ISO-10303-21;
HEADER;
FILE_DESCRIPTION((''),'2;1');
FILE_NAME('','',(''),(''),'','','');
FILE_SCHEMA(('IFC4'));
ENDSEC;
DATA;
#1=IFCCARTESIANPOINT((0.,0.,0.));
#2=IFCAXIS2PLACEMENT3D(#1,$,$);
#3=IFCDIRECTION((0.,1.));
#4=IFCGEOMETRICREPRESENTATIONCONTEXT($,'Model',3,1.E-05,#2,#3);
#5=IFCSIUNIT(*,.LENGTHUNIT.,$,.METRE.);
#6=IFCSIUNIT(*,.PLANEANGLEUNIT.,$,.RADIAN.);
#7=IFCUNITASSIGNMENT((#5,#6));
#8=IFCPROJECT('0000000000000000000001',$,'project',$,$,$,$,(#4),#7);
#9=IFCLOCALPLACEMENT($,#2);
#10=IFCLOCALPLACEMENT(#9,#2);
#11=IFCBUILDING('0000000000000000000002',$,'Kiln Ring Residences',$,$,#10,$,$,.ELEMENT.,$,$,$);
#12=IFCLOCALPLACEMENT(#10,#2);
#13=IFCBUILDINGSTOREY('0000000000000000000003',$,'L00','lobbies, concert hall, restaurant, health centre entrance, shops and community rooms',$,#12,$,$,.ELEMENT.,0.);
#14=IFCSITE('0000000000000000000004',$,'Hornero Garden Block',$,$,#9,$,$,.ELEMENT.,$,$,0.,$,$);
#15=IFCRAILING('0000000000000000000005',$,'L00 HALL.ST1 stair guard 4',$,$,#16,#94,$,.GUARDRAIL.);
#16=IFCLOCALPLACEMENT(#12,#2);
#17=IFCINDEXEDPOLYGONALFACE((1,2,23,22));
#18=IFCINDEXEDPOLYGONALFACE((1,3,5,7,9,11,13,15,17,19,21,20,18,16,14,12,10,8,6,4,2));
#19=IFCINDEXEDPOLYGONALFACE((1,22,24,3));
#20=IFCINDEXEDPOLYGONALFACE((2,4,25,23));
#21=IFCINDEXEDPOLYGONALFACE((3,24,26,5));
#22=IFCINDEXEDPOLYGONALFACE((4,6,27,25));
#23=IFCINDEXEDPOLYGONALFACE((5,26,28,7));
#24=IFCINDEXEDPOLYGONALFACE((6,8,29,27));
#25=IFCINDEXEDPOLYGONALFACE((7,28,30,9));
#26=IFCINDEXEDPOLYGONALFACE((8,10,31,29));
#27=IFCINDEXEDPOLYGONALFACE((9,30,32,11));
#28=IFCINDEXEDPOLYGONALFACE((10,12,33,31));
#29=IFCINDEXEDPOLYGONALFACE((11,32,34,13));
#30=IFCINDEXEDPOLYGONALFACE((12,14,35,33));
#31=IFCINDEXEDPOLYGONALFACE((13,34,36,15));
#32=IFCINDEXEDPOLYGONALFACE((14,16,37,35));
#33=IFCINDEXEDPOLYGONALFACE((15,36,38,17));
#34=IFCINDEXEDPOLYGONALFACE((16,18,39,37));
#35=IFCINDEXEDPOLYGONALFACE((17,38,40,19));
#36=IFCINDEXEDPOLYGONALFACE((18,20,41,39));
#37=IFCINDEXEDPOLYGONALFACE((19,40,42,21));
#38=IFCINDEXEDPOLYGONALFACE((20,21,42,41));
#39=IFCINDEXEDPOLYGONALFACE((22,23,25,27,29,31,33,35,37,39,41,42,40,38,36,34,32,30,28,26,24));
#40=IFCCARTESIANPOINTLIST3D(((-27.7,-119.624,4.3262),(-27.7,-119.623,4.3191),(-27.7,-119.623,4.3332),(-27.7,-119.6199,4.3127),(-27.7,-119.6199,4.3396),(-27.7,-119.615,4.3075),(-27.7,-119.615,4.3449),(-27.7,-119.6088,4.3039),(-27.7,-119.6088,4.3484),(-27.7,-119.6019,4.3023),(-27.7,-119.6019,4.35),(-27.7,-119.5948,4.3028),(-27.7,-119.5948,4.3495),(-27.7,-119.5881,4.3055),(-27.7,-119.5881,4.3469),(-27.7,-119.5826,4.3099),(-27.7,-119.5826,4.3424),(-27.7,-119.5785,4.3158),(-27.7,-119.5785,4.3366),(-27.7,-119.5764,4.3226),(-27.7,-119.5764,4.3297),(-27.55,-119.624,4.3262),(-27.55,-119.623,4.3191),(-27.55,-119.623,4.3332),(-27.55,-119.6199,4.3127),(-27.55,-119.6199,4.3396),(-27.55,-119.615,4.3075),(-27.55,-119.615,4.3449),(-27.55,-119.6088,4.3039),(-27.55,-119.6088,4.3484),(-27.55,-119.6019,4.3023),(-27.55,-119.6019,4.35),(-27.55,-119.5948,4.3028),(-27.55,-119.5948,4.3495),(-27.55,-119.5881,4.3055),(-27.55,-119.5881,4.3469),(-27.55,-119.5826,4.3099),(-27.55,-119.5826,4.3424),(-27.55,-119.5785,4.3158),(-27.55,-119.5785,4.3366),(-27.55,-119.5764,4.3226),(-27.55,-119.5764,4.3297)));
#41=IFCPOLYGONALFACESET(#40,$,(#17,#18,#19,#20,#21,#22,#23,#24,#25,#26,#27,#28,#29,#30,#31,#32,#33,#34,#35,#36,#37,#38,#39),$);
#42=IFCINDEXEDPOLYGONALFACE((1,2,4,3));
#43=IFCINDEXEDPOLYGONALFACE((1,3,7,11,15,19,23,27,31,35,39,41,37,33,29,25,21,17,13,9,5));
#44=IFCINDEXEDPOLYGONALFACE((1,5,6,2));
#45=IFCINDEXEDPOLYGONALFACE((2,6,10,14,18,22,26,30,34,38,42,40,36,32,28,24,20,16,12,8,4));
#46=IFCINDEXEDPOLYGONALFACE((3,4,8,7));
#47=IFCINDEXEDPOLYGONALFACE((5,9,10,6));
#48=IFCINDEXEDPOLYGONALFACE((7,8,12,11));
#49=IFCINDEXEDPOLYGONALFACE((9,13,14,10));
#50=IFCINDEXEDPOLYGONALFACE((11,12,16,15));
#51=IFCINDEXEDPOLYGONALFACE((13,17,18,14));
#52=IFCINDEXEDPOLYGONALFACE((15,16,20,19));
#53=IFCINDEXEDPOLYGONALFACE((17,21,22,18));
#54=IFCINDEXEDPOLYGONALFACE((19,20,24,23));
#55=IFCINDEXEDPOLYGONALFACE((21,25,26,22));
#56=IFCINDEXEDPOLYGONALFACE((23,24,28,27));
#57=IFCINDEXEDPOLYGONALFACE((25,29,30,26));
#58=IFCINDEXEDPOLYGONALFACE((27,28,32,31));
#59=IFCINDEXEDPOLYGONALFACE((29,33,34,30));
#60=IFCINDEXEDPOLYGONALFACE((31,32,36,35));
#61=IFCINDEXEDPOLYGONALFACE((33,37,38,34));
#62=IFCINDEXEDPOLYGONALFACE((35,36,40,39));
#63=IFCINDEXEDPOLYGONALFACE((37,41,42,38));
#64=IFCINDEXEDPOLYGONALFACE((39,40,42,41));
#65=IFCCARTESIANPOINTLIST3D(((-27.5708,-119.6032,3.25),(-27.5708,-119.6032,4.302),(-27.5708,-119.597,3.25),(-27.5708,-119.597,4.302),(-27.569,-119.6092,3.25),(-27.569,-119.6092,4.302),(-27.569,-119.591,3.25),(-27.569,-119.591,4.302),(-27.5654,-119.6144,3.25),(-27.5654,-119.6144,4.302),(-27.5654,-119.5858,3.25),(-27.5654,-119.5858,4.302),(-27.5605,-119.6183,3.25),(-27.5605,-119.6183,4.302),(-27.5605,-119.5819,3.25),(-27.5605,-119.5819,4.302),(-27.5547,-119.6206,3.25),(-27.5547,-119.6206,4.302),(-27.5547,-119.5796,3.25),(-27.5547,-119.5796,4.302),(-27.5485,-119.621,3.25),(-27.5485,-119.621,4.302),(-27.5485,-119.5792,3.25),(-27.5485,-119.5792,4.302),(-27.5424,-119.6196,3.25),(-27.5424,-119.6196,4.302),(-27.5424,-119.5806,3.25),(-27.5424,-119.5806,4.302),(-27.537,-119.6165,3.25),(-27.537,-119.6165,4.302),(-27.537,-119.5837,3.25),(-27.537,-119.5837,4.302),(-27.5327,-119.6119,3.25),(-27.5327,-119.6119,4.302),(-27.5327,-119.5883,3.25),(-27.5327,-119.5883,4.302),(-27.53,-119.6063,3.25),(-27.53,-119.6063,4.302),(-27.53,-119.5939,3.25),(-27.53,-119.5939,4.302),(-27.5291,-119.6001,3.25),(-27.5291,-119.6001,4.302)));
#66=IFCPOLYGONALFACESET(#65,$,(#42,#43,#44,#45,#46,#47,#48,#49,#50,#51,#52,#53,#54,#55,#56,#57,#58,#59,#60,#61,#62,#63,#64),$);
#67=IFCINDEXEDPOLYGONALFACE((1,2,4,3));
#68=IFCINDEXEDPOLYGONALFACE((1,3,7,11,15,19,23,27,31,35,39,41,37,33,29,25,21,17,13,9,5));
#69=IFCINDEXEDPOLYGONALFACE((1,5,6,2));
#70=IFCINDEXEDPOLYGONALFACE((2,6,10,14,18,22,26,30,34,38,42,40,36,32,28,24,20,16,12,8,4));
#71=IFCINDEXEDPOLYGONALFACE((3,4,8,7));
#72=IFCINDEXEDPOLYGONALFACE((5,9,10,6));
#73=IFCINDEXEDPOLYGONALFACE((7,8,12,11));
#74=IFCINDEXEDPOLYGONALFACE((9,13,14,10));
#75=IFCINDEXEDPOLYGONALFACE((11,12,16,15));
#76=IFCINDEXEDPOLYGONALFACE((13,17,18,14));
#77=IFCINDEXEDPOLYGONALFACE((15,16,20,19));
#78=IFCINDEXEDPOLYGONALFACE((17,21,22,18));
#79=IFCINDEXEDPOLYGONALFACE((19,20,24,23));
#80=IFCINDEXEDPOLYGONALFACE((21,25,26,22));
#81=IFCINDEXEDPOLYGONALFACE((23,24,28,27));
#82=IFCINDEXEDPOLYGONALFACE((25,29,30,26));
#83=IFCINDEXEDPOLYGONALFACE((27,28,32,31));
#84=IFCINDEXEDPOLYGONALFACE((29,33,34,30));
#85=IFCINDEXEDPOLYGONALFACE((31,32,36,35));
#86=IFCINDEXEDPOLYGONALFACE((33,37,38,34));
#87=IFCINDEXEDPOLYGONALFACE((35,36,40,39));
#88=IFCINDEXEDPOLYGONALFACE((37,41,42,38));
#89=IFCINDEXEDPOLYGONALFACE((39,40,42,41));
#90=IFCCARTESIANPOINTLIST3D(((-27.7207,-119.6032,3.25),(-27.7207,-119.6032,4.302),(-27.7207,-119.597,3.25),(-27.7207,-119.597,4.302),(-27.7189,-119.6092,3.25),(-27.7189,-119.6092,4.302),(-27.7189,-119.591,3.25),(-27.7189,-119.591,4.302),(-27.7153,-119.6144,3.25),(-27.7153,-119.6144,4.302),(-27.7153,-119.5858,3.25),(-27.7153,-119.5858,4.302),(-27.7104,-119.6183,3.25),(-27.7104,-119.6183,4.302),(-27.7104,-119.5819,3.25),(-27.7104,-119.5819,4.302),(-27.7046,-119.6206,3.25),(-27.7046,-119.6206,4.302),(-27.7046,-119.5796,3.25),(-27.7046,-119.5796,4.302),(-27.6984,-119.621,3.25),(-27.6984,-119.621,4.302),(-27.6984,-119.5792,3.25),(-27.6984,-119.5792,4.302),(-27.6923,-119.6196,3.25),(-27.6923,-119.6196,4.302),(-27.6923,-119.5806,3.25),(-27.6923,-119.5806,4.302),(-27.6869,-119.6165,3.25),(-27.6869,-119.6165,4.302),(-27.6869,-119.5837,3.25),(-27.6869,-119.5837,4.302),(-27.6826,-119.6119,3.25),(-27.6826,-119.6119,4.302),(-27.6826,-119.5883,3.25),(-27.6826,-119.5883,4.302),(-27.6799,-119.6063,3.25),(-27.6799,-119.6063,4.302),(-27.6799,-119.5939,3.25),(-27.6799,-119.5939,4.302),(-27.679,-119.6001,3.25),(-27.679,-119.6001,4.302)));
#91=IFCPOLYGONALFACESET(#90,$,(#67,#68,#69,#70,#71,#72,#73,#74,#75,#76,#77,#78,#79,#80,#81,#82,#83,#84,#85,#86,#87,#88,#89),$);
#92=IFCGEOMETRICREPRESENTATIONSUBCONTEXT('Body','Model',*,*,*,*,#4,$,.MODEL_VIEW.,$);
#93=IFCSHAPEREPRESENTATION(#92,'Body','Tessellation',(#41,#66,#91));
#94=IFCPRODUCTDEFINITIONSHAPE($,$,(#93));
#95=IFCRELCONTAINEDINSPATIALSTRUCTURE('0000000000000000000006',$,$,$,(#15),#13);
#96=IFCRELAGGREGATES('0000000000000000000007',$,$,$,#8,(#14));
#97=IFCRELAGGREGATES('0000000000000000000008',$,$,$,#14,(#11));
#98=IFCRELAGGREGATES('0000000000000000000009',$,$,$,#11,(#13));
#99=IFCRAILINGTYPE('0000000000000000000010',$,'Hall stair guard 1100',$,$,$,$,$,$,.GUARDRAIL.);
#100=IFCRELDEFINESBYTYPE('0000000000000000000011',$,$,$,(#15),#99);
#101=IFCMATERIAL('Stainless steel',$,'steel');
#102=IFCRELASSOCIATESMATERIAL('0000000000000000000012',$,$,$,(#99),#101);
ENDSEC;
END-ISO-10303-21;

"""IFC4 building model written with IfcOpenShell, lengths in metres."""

from ifc_helpers import new_model, si_unit, direction, frame, origin, origin_2d, place, context, subcontext, project, spatial, circle, extrude, material, type_object, element, save


model = new_model("IFC4")

# Units and contexts
model_context = context("Model", 3, precision=1e-05, world=origin(), true_north=direction((0.0, 1.0)))
body_context = subcontext(model_context, "Body", "Model", "MODEL_VIEW")
ifc_project = project(units=[si_unit("LENGTHUNIT", "METRE"), si_unit("PLANEANGLEUNIT", "RADIAN")], contexts=[model_context])

# Site, building, storey
site_placement = place(None, origin())
site = spatial("IfcSite", under=ifc_project, at=site_placement, Name="Hornero Garden Block", CompositionType="ELEMENT", RefElevation=0.0)
building_placement = place(site_placement, origin())
building = spatial("IfcBuilding", under=site, at=building_placement, Name="Kiln Ring Residences", CompositionType="ELEMENT")
storey_placement = place(building_placement, origin())
storey = spatial("IfcBuildingStorey", under=building, at=storey_placement, Name="L00", Description="lobbies, concert hall, restaurant, health centre entrance, shops and community rooms", CompositionType="ELEMENT", Elevation=0.0)

# Railing
ifc_material_1 = material(Name="Stainless steel", Category="steel")
railing_type_1 = type_object("IfcRailingType", Name="Hall stair guard 1100", PredefinedType="GUARDRAIL", material=ifc_material_1)
railing_1_placement = place(storey_placement, frame((-27.55, -119.6001, 3.25)))
element("IfcRailing", 1, at=railing_1_placement, inside=storey, type_object=railing_type_1, Name="L00 HALL.ST1 stair guard 4", PredefinedType="GUARDRAIL", context=body_context, shape_type="SweptSolid", body=[
    extrude(circle(Radius=0.0239, at=origin_2d()), frame((0.0, 0.0, 1.0762), z_axis=(-1.0, 0.0, 0.0), x_axis=(0.0, -1.0, 0.0)), (0.0, 0.0, 1.0), 0.1499),
    extrude(circle(Radius=0.021, at=origin_2d()), origin(), (0.0, 0.0, 1.0), 1.052),
    extrude(circle(Radius=0.021, at=origin_2d()), frame((-0.1499, 0.0, 0.0)), (0.0, 0.0, 1.0), 1.052),
])

save(model, "model.ifc")
